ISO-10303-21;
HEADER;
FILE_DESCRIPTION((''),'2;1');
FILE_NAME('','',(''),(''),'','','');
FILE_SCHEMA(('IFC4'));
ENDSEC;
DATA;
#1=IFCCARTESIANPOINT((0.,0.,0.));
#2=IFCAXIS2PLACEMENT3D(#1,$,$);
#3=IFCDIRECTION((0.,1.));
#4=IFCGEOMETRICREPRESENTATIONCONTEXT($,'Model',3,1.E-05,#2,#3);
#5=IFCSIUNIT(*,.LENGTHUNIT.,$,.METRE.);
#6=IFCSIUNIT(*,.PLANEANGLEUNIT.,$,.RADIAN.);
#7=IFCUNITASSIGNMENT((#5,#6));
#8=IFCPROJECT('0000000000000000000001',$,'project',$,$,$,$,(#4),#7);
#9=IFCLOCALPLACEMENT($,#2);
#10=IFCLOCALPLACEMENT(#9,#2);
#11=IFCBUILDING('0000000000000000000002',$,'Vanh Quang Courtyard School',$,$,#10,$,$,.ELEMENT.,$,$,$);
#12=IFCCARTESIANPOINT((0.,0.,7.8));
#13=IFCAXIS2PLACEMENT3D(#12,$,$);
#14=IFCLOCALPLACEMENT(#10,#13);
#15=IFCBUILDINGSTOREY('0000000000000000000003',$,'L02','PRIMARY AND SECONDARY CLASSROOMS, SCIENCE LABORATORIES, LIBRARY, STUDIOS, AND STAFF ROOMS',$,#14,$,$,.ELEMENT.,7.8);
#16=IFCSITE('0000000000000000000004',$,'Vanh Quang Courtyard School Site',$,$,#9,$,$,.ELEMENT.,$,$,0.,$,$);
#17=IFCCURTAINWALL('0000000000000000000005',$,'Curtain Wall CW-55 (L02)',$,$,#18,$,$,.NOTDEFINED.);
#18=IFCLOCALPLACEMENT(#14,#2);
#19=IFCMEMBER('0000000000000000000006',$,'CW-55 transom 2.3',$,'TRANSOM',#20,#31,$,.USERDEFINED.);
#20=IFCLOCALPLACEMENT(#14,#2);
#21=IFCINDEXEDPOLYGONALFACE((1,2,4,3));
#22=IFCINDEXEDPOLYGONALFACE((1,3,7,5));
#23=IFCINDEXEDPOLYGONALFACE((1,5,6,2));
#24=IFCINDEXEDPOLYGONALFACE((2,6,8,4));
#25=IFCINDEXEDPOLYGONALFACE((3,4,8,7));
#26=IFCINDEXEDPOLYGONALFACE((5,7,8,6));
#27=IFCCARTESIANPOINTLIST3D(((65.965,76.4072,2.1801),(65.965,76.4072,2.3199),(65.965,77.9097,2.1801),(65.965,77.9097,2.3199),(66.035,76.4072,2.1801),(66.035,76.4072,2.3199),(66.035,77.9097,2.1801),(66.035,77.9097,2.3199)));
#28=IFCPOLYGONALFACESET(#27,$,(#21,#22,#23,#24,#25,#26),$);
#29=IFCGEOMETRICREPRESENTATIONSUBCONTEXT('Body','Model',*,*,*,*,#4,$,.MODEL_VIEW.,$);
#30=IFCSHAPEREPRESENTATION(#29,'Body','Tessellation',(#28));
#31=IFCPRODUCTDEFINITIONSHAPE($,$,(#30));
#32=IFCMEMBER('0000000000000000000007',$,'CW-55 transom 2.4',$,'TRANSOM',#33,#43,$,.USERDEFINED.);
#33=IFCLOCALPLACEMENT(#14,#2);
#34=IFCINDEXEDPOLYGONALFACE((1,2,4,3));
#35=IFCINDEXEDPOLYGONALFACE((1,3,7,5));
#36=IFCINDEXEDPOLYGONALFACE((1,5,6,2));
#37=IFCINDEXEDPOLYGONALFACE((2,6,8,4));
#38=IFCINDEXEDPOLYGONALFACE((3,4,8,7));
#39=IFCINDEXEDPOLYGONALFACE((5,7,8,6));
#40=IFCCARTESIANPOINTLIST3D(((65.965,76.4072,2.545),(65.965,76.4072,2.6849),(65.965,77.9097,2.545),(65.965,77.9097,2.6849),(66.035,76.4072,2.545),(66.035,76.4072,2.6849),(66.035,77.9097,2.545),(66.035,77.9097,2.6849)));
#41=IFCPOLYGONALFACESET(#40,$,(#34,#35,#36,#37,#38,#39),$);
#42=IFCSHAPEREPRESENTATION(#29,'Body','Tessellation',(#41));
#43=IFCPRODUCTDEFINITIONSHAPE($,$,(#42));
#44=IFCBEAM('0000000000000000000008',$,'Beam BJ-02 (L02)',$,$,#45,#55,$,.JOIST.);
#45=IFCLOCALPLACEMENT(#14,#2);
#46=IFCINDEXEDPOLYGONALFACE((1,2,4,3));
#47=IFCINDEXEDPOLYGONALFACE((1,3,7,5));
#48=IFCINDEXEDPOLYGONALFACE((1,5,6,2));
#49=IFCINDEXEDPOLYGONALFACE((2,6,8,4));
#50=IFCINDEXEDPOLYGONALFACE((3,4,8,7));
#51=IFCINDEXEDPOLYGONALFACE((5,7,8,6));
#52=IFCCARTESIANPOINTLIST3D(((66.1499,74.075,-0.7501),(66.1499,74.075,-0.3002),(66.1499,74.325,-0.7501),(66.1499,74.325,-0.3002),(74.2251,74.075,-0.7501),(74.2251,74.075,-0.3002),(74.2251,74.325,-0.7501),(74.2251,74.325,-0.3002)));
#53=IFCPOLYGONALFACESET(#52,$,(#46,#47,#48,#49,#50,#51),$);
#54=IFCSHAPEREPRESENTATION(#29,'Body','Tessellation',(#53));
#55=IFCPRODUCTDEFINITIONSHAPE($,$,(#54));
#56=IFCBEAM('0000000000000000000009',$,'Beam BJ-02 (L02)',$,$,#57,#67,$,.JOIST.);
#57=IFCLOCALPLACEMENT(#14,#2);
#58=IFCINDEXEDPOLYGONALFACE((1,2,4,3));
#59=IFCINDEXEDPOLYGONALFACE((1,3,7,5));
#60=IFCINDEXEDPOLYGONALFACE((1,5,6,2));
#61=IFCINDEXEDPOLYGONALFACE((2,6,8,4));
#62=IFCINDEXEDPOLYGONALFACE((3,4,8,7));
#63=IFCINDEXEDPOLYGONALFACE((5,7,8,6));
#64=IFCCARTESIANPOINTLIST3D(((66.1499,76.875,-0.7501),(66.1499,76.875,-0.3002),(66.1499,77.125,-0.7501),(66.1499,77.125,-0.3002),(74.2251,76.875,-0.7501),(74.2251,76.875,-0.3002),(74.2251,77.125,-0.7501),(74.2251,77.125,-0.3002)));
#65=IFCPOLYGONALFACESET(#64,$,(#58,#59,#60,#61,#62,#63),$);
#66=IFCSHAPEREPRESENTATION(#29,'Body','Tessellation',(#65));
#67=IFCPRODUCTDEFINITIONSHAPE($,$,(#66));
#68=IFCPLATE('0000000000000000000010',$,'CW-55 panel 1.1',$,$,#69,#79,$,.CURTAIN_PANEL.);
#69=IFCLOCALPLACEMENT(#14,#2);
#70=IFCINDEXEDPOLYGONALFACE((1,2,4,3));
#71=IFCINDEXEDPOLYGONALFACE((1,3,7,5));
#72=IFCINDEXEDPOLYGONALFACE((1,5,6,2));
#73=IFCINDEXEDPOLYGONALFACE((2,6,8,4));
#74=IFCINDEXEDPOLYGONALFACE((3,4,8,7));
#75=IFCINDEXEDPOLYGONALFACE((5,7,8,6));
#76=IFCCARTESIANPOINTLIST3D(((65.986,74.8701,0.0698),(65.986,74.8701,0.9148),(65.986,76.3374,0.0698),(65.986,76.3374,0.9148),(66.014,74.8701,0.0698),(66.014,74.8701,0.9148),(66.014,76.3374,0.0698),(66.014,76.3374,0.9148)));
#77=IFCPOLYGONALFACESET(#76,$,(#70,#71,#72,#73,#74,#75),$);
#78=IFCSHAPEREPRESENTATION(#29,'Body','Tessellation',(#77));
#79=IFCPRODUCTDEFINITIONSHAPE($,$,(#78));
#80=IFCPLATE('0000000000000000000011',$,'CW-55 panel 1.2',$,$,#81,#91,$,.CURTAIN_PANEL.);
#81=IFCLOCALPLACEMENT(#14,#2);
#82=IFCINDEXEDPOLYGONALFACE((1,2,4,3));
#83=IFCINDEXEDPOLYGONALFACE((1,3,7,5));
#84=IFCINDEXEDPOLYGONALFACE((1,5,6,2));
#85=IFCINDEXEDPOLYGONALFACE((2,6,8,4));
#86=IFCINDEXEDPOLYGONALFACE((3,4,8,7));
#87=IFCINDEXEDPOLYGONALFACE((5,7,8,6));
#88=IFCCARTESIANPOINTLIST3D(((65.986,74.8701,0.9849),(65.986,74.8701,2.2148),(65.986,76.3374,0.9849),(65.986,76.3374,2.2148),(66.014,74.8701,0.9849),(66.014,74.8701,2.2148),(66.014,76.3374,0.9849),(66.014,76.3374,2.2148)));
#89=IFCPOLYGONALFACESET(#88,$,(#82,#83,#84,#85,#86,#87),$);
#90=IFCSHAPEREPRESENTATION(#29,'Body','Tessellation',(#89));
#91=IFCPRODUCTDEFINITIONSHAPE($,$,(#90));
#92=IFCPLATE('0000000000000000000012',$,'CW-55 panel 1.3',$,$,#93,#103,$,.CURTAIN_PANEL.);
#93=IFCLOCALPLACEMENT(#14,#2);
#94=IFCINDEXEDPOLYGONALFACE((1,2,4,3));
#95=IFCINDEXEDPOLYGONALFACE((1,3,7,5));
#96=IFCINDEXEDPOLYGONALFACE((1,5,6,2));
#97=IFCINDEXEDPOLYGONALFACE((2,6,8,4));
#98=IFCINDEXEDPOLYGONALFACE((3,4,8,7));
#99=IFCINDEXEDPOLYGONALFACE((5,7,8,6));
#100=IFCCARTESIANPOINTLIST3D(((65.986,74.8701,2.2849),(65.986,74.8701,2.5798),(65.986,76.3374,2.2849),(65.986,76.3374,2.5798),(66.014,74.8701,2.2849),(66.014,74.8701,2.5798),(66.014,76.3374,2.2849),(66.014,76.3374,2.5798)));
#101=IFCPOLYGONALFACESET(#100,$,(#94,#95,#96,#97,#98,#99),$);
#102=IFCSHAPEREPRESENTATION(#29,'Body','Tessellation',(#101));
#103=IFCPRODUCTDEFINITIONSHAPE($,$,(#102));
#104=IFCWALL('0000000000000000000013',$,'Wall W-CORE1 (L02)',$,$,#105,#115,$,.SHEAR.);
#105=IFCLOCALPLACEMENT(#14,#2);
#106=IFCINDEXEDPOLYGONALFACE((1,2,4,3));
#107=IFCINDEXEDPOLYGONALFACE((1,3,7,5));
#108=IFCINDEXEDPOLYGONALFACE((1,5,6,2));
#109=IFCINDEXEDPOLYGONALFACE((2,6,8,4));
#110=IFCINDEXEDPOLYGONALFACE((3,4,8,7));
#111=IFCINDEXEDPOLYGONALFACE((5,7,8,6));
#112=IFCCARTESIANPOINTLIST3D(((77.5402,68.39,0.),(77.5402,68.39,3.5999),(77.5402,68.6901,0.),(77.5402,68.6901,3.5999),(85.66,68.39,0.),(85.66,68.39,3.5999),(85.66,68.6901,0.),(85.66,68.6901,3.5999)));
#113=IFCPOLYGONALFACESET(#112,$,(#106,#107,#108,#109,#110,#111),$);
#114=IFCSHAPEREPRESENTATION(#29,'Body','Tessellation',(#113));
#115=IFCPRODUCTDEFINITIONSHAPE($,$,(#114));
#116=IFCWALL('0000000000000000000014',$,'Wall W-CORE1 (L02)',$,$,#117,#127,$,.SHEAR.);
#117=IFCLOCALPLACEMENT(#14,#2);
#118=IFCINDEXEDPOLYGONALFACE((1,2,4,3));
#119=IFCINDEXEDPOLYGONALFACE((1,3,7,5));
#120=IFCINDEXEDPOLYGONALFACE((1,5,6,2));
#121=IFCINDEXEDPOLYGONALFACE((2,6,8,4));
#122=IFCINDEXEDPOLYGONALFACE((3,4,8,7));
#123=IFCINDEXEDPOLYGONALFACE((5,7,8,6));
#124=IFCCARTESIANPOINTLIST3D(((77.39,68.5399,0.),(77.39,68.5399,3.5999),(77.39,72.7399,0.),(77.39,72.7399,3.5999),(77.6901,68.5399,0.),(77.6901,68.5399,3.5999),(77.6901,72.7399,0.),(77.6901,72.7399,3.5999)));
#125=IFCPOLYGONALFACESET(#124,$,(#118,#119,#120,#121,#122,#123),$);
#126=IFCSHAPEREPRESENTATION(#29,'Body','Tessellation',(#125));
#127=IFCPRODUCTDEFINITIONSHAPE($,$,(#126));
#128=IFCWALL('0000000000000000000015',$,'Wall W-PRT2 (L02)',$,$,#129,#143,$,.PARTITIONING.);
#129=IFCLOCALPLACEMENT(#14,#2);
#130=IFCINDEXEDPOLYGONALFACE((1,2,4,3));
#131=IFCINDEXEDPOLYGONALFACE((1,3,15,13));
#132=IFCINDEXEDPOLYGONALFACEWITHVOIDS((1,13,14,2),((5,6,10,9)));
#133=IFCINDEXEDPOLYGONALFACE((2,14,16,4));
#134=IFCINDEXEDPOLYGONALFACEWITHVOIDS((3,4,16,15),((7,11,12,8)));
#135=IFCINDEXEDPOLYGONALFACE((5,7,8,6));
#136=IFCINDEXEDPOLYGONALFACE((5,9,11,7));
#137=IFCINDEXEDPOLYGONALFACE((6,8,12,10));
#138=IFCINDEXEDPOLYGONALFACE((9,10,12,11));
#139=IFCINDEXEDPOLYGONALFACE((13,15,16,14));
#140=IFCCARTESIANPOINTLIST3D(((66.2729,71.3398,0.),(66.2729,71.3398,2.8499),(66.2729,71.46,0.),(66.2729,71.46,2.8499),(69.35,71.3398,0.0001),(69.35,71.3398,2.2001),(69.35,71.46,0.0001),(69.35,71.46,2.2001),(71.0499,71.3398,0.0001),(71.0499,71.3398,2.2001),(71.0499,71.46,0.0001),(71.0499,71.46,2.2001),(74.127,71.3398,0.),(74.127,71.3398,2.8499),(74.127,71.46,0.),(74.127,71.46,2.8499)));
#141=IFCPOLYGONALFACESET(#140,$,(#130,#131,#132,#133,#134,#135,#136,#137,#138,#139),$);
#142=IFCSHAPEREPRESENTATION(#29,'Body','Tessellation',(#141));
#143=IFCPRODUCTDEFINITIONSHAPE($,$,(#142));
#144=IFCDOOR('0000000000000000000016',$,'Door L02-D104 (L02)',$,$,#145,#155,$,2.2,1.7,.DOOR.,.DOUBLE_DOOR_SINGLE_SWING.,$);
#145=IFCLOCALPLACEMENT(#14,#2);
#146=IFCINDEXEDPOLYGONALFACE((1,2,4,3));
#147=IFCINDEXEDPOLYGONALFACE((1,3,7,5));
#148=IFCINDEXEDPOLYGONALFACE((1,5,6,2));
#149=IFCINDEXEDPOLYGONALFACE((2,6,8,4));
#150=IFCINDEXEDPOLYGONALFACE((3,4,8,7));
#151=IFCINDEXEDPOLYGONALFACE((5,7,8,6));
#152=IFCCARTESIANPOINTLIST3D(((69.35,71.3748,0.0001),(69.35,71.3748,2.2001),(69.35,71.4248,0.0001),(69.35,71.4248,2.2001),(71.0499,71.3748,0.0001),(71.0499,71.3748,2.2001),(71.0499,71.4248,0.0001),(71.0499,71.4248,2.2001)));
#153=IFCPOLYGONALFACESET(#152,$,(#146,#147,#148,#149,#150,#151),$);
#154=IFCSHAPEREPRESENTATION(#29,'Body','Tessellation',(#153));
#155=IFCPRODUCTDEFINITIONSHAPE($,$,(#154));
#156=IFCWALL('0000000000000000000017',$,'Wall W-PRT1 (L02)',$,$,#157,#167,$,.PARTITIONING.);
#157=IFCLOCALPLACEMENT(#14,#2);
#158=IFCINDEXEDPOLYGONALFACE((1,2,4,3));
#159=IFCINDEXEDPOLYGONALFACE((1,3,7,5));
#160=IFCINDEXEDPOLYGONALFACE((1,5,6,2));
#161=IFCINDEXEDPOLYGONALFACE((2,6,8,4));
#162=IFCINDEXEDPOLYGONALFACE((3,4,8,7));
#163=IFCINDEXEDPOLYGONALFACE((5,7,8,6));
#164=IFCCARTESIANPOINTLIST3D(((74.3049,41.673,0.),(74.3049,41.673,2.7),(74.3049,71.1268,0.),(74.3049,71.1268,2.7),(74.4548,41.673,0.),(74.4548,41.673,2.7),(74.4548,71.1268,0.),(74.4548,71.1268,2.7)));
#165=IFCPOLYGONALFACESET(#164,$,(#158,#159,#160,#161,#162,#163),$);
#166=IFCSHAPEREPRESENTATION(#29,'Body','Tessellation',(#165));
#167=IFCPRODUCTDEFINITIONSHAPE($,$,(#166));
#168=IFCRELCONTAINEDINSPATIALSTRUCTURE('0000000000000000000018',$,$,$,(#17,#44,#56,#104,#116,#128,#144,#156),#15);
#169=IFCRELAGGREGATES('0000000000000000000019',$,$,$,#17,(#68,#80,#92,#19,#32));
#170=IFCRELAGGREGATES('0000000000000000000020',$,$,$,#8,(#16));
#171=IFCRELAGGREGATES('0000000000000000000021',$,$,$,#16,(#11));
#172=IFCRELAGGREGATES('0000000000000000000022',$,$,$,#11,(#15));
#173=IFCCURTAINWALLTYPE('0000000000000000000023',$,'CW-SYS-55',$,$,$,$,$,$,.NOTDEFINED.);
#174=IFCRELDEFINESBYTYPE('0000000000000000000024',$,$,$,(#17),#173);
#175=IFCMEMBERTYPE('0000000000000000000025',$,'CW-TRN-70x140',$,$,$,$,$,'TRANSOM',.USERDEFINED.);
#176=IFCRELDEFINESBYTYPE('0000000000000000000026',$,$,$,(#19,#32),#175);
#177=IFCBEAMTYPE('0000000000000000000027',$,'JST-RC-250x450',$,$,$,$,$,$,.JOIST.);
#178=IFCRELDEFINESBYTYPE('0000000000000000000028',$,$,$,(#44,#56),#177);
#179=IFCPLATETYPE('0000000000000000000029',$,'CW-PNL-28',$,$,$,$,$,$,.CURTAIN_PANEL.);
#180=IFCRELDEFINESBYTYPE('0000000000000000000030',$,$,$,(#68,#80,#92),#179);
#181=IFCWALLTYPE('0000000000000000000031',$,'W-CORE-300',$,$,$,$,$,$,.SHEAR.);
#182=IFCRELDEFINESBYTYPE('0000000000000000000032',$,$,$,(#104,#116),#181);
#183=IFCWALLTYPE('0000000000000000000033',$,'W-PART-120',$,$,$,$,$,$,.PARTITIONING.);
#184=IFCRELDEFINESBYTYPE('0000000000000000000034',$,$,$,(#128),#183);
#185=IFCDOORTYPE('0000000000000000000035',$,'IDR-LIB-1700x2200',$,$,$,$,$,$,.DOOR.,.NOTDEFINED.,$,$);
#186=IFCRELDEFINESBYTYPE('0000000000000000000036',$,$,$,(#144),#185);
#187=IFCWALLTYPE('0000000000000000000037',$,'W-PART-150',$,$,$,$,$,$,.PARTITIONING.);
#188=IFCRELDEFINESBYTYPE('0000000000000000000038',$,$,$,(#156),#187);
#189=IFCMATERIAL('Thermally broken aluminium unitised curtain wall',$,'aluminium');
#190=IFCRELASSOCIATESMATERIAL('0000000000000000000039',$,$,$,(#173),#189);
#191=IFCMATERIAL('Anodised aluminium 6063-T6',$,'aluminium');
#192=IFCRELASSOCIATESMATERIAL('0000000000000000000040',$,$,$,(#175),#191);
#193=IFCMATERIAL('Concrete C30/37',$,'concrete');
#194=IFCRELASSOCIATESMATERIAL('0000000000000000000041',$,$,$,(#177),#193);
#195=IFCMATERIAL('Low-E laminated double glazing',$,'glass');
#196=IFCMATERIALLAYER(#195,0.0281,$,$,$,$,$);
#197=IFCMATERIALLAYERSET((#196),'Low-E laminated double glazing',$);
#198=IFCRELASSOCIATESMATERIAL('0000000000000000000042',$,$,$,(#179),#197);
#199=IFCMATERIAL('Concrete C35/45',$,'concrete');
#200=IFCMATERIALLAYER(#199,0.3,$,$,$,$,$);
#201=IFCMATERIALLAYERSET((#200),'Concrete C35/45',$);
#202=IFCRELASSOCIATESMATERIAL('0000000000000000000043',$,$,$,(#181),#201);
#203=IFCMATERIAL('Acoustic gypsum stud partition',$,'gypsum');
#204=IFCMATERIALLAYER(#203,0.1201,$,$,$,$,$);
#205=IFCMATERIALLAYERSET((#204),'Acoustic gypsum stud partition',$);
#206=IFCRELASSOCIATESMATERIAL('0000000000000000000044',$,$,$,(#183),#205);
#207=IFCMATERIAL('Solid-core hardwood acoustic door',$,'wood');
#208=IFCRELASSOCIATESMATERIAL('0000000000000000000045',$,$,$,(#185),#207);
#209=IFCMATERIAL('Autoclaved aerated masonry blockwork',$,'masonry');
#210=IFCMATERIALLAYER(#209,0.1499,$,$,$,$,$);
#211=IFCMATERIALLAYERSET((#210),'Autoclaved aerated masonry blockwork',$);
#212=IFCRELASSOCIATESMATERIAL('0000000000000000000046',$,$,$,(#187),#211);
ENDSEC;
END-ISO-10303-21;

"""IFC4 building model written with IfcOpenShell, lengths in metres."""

from ifc_helpers import new_model, si_unit, direction, frame, frame_2d, origin, origin_2d, place, context, subcontext, project, spatial, rectangle, extrude, material, layer, layer_set, material_profile, profile_set, type_object, element, fill, aggregate, save


model = new_model("IFC4")

# Units and contexts
model_context = context("Model", 3, precision=1e-05, world=origin(), true_north=direction((0.0, 1.0)))
body_context = subcontext(model_context, "Body", "Model", "MODEL_VIEW")
ifc_project = project(units=[si_unit("LENGTHUNIT", "METRE"), si_unit("PLANEANGLEUNIT", "RADIAN")], contexts=[model_context])

# Site, building, storey
site_placement = place(None, origin())
site = spatial("IfcSite", under=ifc_project, at=site_placement, Name="Vanh Quang Courtyard School Site", CompositionType="ELEMENT", RefElevation=0.0)
building_placement = place(site_placement, origin())
building = spatial("IfcBuilding", under=site, at=building_placement, Name="Vanh Quang Courtyard School", CompositionType="ELEMENT")
storey_placement = place(building_placement, frame((0.0, 0.0, 7.8)))
storey = spatial("IfcBuildingStorey", under=building, at=storey_placement, Name="L02", Description="PRIMARY AND SECONDARY CLASSROOMS, SCIENCE LABORATORIES, LIBRARY, STUDIOS, AND STAFF ROOMS", CompositionType="ELEMENT", Elevation=7.8)

# Shared definitions
ifc_material_1 = material(Name="Concrete C35/45", Category="concrete")

# Curtain wall, members
ifc_material_2 = material(Name="Thermally broken aluminium unitised curtain wall", Category="aluminium")
curtain_wall_type = type_object("IfcCurtainWallType", Name="CW-SYS-55", PredefinedType="NOTDEFINED", material=ifc_material_2)
curtain_wall_placement = place(storey_placement, origin())
curtain_wall = element("IfcCurtainWall", 1, at=curtain_wall_placement, inside=storey, type_object=curtain_wall_type, Name="Curtain Wall CW-55 (L02)", PredefinedType="NOTDEFINED")
ifc_material_3 = material(Name="Anodised aluminium 6063-T6", Category="aluminium")
ifc_material_profile_1 = material_profile(ifc_material_3, rectangle(XDim=0.0701, YDim=0.1399, at=origin_2d()), Name="ALU-TRN 70x140")
ifc_profile_set_1 = profile_set([ifc_material_profile_1], Name="Anodised aluminium 6063-T6")
member_type_1 = type_object("IfcMemberType", Name="CW-TRN-70x140", ElementType="TRANSOM", PredefinedType="USERDEFINED", material=ifc_profile_set_1)
member_1_placement = place(storey_placement, frame((66.0, 76.4072, 2.25), z_axis=(0.0, 1.0, 0.0), x_axis=(-1.0, 0.0, 0.0)))
member_1 = element("IfcMember", 2, at=member_1_placement, type_object=member_type_1, Name="CW-55 transom 2.3", ObjectType="TRANSOM", PredefinedType="USERDEFINED", context=body_context, shape_type="SweptSolid", body=[
    extrude(rectangle(XDim=0.0701, YDim=0.1399, at=origin_2d()), origin(), (0.0, 0.0, 1.0), 1.5024),
])
member_2_placement = place(storey_placement, frame((66.0, 76.4072, 2.615), z_axis=(0.0, 1.0, 0.0), x_axis=(-1.0, 0.0, 0.0)))
member_2 = element("IfcMember", 3, at=member_2_placement, type_object=member_type_1, Name="CW-55 transom 2.4", ObjectType="TRANSOM", PredefinedType="USERDEFINED", context=body_context, shape_type="SweptSolid", body=[
    extrude(rectangle(XDim=0.0701, YDim=0.1399, at=origin_2d()), origin(), (0.0, 0.0, 1.0), 1.5024),
])

# Beams
ifc_material_4 = material(Name="Concrete C30/37", Category="concrete")
ifc_material_profile_2 = material_profile(ifc_material_4, rectangle(XDim=0.25, YDim=0.45, at=origin_2d()), Name="RC-JST 250x450")
ifc_profile_set_2 = profile_set([ifc_material_profile_2], Name="Concrete C30/37")
beam_type_1 = type_object("IfcBeamType", Name="JST-RC-250x450", PredefinedType="JOIST", material=ifc_profile_set_2)
for number, where, z_axis, x_axis, name in (
    (4, (66.1499, 74.2, -0.5251), (1.0, 0.0, 0.0), (0.0, 1.0, 0.0), "Beam BJ-02 (L02)"),
    (5, (66.1499, 77.0, -0.5251), (1.0, 0.0, 0.0), (0.0, 1.0, 0.0), "Beam BJ-02 (L02)"),
):
    element("IfcBeam", number, at=place(storey_placement, frame(where, z_axis=z_axis, x_axis=x_axis)), inside=storey, type_object=beam_type_1, Name=name, PredefinedType="JOIST", context=body_context, shape_type="SweptSolid", body=[
        extrude(rectangle(XDim=0.25, YDim=0.45, at=origin_2d()), origin(), (0.0, 0.0, 1.0), 8.0752),
    ])

# Plates
ifc_material_5 = material(Name="Low-E laminated double glazing", Category="glass")
ifc_layer_1 = layer(ifc_material_5, 0.0281)
ifc_layer_set_1 = layer_set([ifc_layer_1], Name="Low-E laminated double glazing")
plate_type = type_object("IfcPlateType", Name="CW-PNL-28", PredefinedType="CURTAIN_PANEL", material=ifc_layer_set_1)
plate_1_placement = place(storey_placement, frame((66.0, 75.6038, 0.0698), z_axis=(0.0, 0.0, 1.0), x_axis=(0.0, 1.0, 0.0)))
plate_1 = element("IfcPlate", 6, at=plate_1_placement, type_object=plate_type, Name="CW-55 panel 1.1", PredefinedType="CURTAIN_PANEL", context=body_context, shape_type="SweptSolid", body=[
    extrude(rectangle(XDim=1.4673, YDim=0.0281, at=origin_2d()), origin(), (0.0, 0.0, 1.0), 0.845),
])
plate_2_placement = place(storey_placement, frame((66.0, 75.6038, 0.9849), z_axis=(0.0, 0.0, 1.0), x_axis=(0.0, 1.0, 0.0)))
plate_2 = element("IfcPlate", 7, at=plate_2_placement, type_object=plate_type, Name="CW-55 panel 1.2", PredefinedType="CURTAIN_PANEL", context=body_context, shape_type="SweptSolid", body=[
    extrude(rectangle(XDim=1.4673, YDim=0.0281, at=origin_2d()), origin(), (0.0, 0.0, 1.0), 1.23),
])
plate_3_placement = place(storey_placement, frame((66.0, 75.6038, 2.2849), z_axis=(0.0, 0.0, 1.0), x_axis=(0.0, 1.0, 0.0)))
plate_3 = element("IfcPlate", 8, at=plate_3_placement, type_object=plate_type, Name="CW-55 panel 1.3", PredefinedType="CURTAIN_PANEL", context=body_context, shape_type="SweptSolid", body=[
    extrude(rectangle(XDim=1.4673, YDim=0.0281, at=origin_2d()), origin(), (0.0, 0.0, 1.0), 0.2949),
])
aggregate(curtain_wall, [plate_1, plate_2, plate_3, member_1, member_2])

# Walls
ifc_layer_2 = layer(ifc_material_1, 0.3)
ifc_layer_set_2 = layer_set([ifc_layer_2], Name="Concrete C35/45")
wall_type_1 = type_object("IfcWallType", Name="W-CORE-300", PredefinedType="SHEAR", material=ifc_layer_set_2)
wall_1_placement = place(storey_placement, frame((77.54, 68.54, 0.0), z_axis=(0.0, 0.0, 1.0), x_axis=(1.0, 0.0, 0.0)))
element("IfcWall", 9, at=wall_1_placement, inside=storey, type_object=wall_type_1, Name="Wall W-CORE1 (L02)", PredefinedType="SHEAR", context=body_context, shape_type="SweptSolid", body=[
    extrude(rectangle(XDim=8.1199, YDim=0.3, at=frame_2d((4.0601, 0.0))), origin(), (0.0, 0.0, 1.0), 3.5999),
])
wall_2_placement = place(storey_placement, frame((77.54, 72.74, 0.0), z_axis=(0.0, 0.0, 1.0), x_axis=(0.0, -1.0, 0.0)))
element("IfcWall", 10, at=wall_2_placement, inside=storey, type_object=wall_type_1, Name="Wall W-CORE1 (L02)", PredefinedType="SHEAR", context=body_context, shape_type="SweptSolid", body=[
    extrude(rectangle(XDim=4.2, YDim=0.3, at=frame_2d((2.1001, 0.0))), origin(), (0.0, 0.0, 1.0), 3.5999),
])

# Wall, opening, door
ifc_material_6 = material(Name="Acoustic gypsum stud partition", Category="gypsum")
ifc_layer_3 = layer(ifc_material_6, 0.1201)
ifc_layer_set_3 = layer_set([ifc_layer_3], Name="Acoustic gypsum stud partition")
wall_type_2 = type_object("IfcWallType", Name="W-PART-120", PredefinedType="PARTITIONING", material=ifc_layer_set_3)
wall_3_placement = place(storey_placement, frame((66.2729, 71.3999, 0.0), z_axis=(0.0, 0.0, 1.0), x_axis=(1.0, 0.0, 0.0)))
wall_3 = element("IfcWall", 11, at=wall_3_placement, inside=storey, type_object=wall_type_2, Name="Wall W-PRT2 (L02)", PredefinedType="PARTITIONING", context=body_context, shape_type="SweptSolid", body=[
    extrude(rectangle(XDim=7.854, YDim=0.1201, at=frame_2d((3.927, 0.0))), origin(), (0.0, 0.0, 1.0), 2.8499),
])
opening_placement = place(wall_3_placement, frame((3.0769, 0.0, 0.0)))
opening = element("IfcOpeningElement", 12, at=opening_placement, cuts=wall_3, PredefinedType="OPENING", context=body_context, shape_type="SweptSolid", body=[
    extrude(rectangle(XDim=1.7, YDim=2.2, at=frame_2d((0.8501, 1.1001))), frame((0.0, 0.0701, 0.0), z_axis=(0.0, -1.0, 0.0), x_axis=(1.0, 0.0, 0.0)), (0.0, 0.0, 1.0), 0.1401),
])
ifc_material_7 = material(Name="Solid-core hardwood acoustic door", Category="wood")
door_type = type_object("IfcDoorType", Name="IDR-LIB-1700x2200", OperationType="NOTDEFINED", PredefinedType="DOOR", material=ifc_material_7)
door_placement = place(opening_placement, origin())
door = element("IfcDoor", 13, at=door_placement, inside=storey, type_object=door_type, Name="Door L02-D104 (L02)", OperationType="DOUBLE_DOOR_SINGLE_SWING", OverallHeight=2.2, OverallWidth=1.7, PredefinedType="DOOR", context=body_context, shape_type="SweptSolid", body=[
    extrude(rectangle(XDim=1.7, YDim=2.2, at=frame_2d((0.8501, 1.1001))), frame((0.0, 0.0249, 0.0), z_axis=(0.0, -1.0, 0.0), x_axis=(1.0, 0.0, 0.0)), (0.0, 0.0, 1.0), 0.05),
])
fill(opening, door)

# Wall
ifc_material_8 = material(Name="Autoclaved aerated masonry blockwork", Category="masonry")
ifc_layer_4 = layer(ifc_material_8, 0.1499)
ifc_layer_set_4 = layer_set([ifc_layer_4], Name="Autoclaved aerated masonry blockwork")
wall_type_3 = type_object("IfcWallType", Name="W-PART-150", PredefinedType="PARTITIONING", material=ifc_layer_set_4)
wall_4_placement = place(storey_placement, frame((74.3799, 71.127, 0.0), z_axis=(0.0, 0.0, 1.0), x_axis=(0.0, -1.0, 0.0)))
element("IfcWall", 14, at=wall_4_placement, inside=storey, type_object=wall_type_3, Name="Wall W-PRT1 (L02)", PredefinedType="PARTITIONING", context=body_context, shape_type="SweptSolid", body=[
    extrude(rectangle(XDim=29.4539, YDim=0.1499, at=frame_2d((14.7271, 0.0))), origin(), (0.0, 0.0, 1.0), 2.7),
])

save(model, "model.ifc")
